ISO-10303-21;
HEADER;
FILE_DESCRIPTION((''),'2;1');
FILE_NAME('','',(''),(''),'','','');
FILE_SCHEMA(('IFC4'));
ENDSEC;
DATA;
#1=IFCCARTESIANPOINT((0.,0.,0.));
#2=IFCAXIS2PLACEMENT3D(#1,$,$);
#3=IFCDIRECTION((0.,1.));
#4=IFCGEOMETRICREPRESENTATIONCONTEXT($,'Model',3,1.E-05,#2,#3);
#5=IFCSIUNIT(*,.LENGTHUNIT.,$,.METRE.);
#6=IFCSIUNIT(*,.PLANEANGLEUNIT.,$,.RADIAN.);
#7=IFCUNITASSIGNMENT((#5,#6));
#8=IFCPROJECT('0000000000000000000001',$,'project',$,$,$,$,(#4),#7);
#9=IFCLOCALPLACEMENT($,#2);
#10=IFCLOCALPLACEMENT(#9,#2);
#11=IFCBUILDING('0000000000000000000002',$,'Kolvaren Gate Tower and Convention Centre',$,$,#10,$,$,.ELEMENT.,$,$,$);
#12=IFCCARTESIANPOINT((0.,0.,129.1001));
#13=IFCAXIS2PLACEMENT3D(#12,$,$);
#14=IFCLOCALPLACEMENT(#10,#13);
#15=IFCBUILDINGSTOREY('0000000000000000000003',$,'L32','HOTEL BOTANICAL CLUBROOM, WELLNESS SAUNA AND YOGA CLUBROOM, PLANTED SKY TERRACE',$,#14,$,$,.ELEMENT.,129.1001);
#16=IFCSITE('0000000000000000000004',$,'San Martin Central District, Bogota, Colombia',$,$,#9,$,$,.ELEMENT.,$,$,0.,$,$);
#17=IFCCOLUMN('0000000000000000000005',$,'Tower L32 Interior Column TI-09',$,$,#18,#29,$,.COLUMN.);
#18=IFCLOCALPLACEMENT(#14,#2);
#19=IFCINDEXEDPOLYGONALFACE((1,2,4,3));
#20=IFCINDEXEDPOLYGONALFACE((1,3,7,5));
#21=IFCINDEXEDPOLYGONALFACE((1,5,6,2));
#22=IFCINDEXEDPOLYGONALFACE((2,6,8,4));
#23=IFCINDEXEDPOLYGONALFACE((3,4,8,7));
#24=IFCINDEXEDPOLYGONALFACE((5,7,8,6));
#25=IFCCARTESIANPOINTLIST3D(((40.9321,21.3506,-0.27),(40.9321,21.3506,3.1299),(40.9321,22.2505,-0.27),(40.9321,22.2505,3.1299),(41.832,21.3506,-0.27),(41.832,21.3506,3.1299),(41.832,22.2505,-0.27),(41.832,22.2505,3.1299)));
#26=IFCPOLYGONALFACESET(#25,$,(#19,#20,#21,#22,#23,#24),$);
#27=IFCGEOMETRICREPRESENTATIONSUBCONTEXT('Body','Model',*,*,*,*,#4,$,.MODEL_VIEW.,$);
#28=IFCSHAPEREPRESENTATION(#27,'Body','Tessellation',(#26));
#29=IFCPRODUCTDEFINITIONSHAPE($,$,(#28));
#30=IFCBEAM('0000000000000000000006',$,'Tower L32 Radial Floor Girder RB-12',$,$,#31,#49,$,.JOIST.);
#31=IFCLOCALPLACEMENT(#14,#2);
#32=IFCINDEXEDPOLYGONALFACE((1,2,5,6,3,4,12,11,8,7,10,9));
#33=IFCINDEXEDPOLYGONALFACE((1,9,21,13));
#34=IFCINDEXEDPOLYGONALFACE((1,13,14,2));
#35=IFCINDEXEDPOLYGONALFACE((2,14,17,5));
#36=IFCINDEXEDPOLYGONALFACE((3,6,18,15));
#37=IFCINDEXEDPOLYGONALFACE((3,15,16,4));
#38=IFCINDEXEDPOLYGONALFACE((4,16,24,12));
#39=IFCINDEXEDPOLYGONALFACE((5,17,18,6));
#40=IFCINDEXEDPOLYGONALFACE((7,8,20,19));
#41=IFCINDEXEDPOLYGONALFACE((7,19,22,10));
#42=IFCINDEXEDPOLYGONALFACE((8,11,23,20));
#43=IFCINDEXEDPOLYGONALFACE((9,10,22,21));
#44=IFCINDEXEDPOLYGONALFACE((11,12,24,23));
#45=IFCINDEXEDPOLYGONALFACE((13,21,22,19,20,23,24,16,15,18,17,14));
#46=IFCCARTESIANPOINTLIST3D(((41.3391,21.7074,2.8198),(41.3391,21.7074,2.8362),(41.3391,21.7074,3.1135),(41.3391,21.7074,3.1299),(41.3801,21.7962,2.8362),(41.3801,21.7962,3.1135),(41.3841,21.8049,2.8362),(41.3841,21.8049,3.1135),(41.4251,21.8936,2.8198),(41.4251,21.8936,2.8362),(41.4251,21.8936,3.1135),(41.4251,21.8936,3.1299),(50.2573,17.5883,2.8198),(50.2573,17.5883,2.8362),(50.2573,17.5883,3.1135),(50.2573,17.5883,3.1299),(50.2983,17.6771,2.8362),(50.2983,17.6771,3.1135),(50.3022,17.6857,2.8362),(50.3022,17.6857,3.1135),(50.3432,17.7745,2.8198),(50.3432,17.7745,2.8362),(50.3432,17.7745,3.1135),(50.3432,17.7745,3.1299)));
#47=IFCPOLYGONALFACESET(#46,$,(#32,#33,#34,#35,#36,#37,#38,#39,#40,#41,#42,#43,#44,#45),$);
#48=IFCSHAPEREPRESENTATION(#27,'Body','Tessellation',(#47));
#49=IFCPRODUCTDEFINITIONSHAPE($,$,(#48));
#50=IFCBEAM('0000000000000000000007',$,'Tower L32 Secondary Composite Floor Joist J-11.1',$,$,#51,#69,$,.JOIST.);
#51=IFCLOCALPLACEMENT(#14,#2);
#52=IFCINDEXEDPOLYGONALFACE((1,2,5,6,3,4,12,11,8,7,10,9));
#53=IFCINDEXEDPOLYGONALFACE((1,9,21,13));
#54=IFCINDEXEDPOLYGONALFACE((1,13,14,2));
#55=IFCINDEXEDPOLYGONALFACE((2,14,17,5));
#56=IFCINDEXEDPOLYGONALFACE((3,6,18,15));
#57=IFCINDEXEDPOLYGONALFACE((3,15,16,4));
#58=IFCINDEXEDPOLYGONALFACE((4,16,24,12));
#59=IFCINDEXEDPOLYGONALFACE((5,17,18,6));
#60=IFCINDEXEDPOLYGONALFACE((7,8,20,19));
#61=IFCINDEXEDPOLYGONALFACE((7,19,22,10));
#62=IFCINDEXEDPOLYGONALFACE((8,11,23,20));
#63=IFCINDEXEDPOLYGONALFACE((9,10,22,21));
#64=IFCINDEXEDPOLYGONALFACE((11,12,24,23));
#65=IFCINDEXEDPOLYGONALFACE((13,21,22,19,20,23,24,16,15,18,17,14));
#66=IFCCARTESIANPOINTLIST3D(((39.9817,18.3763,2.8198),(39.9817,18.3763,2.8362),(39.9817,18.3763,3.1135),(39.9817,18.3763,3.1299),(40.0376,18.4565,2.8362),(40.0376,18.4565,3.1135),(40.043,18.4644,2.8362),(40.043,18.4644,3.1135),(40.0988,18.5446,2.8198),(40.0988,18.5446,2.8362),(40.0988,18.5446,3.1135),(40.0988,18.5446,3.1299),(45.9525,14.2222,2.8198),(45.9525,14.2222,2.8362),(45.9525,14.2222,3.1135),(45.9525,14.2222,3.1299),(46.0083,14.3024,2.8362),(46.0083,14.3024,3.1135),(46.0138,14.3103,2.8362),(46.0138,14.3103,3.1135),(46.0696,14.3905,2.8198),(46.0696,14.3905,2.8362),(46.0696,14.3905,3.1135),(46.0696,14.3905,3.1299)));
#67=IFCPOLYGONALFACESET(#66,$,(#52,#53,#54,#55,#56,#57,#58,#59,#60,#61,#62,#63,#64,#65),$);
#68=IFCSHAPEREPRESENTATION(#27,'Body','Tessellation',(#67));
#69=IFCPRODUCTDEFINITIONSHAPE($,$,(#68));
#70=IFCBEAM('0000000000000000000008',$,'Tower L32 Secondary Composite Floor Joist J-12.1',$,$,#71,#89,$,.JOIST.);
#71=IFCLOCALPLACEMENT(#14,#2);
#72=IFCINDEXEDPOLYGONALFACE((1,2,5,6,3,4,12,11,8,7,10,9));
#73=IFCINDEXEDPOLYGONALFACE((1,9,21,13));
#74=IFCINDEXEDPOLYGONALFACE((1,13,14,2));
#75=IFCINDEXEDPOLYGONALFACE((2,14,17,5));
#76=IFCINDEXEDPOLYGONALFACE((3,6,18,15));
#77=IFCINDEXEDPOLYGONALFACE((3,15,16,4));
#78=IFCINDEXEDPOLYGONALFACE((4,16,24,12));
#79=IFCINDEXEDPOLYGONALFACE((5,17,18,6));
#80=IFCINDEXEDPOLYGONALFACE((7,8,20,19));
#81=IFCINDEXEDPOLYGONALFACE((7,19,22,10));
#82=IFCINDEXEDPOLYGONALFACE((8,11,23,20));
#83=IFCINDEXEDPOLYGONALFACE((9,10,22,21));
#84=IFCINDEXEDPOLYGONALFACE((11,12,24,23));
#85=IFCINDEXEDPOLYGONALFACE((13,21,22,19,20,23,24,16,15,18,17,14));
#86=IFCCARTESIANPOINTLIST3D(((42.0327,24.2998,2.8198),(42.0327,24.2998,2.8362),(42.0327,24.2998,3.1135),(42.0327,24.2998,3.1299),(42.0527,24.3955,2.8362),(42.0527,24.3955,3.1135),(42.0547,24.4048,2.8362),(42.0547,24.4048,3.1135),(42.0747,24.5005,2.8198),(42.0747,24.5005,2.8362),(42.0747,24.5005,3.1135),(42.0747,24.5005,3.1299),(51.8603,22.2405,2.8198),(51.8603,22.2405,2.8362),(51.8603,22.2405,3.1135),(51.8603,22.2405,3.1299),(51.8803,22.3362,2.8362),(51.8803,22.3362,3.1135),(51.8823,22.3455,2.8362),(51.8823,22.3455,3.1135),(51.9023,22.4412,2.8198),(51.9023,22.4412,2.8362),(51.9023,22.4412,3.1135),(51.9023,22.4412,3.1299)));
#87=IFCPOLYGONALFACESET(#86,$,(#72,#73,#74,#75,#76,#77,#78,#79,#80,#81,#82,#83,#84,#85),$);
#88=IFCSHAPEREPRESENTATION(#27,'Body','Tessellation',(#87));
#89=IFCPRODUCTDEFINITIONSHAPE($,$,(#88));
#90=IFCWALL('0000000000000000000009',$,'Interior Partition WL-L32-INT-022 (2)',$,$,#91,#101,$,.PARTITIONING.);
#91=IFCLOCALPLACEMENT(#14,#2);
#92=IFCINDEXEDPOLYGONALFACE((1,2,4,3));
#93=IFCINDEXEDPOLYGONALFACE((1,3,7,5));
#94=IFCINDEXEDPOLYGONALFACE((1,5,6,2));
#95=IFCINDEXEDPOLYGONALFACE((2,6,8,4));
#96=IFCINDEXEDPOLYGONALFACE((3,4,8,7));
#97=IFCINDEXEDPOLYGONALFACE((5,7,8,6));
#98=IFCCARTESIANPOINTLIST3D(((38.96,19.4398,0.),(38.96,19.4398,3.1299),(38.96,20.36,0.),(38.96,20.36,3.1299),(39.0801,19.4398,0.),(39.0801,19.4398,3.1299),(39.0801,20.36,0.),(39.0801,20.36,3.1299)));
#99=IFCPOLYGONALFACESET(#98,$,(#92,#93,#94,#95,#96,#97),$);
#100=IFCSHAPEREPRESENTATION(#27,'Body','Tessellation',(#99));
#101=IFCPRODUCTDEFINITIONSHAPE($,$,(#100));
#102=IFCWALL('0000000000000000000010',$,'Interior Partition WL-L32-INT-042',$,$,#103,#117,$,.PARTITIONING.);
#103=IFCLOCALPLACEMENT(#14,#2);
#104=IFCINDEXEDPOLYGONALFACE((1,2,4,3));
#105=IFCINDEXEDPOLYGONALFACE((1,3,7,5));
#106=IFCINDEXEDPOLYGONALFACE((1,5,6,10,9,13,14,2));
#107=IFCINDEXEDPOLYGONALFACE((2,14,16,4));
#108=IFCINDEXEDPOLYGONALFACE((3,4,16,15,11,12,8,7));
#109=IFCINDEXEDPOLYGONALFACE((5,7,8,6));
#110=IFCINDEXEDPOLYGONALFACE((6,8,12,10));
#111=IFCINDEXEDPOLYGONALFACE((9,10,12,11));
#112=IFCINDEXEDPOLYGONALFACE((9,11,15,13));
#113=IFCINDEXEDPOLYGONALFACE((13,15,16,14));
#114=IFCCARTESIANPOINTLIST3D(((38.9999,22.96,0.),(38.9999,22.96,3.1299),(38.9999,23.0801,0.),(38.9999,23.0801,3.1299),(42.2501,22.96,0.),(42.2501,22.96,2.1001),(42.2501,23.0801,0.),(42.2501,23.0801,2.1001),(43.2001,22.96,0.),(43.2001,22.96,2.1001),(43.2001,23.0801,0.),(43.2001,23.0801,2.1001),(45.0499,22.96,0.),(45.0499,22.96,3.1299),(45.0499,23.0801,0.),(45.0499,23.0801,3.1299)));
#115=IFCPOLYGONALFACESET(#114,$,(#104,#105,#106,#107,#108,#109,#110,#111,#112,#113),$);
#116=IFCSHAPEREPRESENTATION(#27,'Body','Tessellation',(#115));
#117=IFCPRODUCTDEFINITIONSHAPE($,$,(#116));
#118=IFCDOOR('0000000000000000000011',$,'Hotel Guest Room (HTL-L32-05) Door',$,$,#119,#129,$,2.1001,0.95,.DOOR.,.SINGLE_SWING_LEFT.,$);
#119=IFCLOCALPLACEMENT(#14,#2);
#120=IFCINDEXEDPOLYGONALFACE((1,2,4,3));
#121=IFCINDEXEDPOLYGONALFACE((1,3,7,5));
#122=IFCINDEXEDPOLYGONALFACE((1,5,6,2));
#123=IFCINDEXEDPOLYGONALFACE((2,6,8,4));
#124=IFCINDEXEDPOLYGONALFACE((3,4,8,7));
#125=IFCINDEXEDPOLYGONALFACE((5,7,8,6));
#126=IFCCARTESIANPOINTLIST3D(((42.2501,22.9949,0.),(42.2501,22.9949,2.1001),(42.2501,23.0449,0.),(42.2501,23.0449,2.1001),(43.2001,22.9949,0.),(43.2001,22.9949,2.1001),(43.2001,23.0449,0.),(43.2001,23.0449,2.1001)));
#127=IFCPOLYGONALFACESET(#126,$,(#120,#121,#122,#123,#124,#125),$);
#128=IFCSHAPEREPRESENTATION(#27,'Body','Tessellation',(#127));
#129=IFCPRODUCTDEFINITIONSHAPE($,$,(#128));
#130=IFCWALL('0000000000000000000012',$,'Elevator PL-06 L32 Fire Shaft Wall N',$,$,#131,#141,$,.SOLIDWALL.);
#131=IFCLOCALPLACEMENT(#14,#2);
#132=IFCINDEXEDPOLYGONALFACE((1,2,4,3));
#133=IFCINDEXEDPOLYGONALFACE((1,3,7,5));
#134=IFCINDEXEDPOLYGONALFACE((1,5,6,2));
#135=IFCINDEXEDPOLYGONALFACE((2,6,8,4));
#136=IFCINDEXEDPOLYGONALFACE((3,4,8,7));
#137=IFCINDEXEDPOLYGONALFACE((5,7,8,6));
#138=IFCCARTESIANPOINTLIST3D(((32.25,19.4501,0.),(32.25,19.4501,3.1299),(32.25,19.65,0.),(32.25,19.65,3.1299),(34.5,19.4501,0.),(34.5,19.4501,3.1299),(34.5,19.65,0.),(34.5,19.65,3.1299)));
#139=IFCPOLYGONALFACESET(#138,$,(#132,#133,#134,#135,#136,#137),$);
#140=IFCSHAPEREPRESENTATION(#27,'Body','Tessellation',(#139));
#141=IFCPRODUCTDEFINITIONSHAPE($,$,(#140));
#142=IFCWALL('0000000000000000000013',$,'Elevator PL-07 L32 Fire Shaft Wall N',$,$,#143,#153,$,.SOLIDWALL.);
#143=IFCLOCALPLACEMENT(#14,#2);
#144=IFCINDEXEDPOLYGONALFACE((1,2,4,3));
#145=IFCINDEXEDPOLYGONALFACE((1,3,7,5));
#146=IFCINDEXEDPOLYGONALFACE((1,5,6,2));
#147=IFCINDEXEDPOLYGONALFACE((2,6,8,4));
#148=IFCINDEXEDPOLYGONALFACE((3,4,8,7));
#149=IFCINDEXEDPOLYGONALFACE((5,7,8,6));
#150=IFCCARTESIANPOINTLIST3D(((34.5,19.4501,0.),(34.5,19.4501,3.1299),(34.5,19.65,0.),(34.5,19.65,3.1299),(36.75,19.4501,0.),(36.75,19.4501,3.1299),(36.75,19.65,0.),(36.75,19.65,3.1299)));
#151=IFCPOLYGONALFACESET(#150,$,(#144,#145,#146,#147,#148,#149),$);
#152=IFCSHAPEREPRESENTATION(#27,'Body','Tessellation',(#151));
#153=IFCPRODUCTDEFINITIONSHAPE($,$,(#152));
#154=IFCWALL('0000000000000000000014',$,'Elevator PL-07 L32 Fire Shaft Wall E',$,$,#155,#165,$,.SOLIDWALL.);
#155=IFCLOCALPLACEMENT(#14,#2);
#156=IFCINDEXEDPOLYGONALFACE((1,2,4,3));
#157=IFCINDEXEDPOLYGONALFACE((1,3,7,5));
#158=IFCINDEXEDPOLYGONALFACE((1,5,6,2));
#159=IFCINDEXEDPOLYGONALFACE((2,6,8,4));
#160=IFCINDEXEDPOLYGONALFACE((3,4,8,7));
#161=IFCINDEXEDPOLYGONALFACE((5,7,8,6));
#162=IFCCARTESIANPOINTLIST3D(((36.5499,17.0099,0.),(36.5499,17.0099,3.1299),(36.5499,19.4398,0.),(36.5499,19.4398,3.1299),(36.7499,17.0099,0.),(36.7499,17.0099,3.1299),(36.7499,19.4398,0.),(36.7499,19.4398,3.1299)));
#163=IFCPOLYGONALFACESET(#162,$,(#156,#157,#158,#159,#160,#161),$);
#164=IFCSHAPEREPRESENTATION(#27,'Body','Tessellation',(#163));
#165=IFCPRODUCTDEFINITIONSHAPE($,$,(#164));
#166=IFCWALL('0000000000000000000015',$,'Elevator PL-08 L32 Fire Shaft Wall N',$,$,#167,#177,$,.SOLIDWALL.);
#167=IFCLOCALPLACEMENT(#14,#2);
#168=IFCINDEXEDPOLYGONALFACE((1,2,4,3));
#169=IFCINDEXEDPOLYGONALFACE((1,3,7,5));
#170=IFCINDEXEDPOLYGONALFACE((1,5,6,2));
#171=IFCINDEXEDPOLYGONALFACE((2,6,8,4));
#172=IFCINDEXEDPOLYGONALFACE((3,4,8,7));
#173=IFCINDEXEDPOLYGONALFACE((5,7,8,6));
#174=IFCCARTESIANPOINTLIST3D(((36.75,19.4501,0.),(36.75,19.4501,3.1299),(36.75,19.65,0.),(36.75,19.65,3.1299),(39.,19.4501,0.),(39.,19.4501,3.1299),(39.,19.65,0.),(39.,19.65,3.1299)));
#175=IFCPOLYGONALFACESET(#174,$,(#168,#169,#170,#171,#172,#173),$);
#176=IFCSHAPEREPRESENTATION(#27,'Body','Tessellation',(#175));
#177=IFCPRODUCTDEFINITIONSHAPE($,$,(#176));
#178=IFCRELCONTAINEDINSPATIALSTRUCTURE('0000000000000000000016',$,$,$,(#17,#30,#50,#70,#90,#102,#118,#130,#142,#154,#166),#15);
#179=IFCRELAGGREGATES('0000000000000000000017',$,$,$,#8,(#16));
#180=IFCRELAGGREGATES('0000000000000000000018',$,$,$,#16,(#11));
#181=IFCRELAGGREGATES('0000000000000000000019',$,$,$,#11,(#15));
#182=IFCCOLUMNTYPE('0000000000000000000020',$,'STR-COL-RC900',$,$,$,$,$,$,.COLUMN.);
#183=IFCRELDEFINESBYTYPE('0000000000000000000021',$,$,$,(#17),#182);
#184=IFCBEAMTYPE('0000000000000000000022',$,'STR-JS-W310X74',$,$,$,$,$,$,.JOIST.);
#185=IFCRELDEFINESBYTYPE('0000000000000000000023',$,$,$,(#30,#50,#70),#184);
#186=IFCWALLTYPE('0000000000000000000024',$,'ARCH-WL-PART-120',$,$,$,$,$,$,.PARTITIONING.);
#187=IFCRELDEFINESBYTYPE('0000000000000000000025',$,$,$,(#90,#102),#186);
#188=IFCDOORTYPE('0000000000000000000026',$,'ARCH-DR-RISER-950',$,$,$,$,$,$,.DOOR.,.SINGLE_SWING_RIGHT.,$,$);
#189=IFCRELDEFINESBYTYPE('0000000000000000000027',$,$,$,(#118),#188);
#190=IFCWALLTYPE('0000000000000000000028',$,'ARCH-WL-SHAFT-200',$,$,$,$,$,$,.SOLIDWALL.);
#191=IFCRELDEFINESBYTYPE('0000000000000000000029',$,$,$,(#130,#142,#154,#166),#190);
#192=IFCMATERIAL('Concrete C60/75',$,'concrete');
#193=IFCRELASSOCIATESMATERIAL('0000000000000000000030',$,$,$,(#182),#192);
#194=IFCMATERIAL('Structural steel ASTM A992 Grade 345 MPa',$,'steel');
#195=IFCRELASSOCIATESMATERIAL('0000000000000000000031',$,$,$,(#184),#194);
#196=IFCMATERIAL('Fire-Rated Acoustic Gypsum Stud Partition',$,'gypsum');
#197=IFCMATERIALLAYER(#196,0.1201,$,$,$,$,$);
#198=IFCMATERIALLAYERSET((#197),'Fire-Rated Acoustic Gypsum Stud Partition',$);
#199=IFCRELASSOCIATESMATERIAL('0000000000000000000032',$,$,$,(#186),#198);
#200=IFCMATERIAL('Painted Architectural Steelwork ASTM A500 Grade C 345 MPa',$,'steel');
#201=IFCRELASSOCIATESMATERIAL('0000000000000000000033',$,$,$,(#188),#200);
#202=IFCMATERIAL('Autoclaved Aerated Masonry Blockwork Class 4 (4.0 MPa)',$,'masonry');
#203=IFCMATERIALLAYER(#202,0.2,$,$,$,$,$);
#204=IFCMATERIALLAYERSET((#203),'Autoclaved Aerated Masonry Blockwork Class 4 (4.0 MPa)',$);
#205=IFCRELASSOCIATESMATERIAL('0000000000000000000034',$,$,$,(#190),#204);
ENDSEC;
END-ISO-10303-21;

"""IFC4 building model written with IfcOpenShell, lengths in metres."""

from ifc_helpers import new_model, si_unit, direction, frame, frame_2d, origin, origin_2d, place, context, subcontext, project, spatial, rectangle, i_section, extrude, material, layer, layer_set, material_profile, profile_set, type_object, element, fill, save


model = new_model("IFC4")

# Units and contexts
model_context = context("Model", 3, precision=1e-05, world=origin(), true_north=direction((0.0, 1.0)))
body_context = subcontext(model_context, "Body", "Model", "MODEL_VIEW")
ifc_project = project(units=[si_unit("LENGTHUNIT", "METRE"), si_unit("PLANEANGLEUNIT", "RADIAN")], contexts=[model_context])

# Site, building, storey
site_placement = place(None, origin())
site = spatial("IfcSite", under=ifc_project, at=site_placement, Name="San Martin Central District, Bogota, Colombia", CompositionType="ELEMENT", RefElevation=0.0)
building_placement = place(site_placement, origin())
building = spatial("IfcBuilding", under=site, at=building_placement, Name="Kolvaren Gate Tower and Convention Centre", CompositionType="ELEMENT")
storey_placement = place(building_placement, frame((0.0, 0.0, 129.1001)))
storey = spatial("IfcBuildingStorey", under=building, at=storey_placement, Name="L32", Description="HOTEL BOTANICAL CLUBROOM, WELLNESS SAUNA AND YOGA CLUBROOM, PLANTED SKY TERRACE", CompositionType="ELEMENT", Elevation=129.1001)

# Column
ifc_material_1 = material(Name="Concrete C60/75", Category="concrete")
ifc_material_profile_1 = material_profile(ifc_material_1, rectangle(XDim=0.8999, YDim=0.8999, at=origin_2d()), Name="RC-COL-900X900")
ifc_profile_set_1 = profile_set([ifc_material_profile_1], Name="Concrete C60/75")
column_type = type_object("IfcColumnType", Name="STR-COL-RC900", PredefinedType="COLUMN", material=ifc_profile_set_1)
column_placement = place(storey_placement, frame((41.3821, 21.8005, -0.27), z_axis=(0.0, 0.0, 1.0), x_axis=(1.0, 0.0, 0.0)))
element("IfcColumn", 1, at=column_placement, inside=storey, type_object=column_type, Name="Tower L32 Interior Column TI-09", PredefinedType="COLUMN", context=body_context, shape_type="SweptSolid", body=[
    extrude(rectangle(XDim=0.8999, YDim=0.8999, at=origin_2d()), origin(), (0.0, 0.0, 1.0), 3.3999),
])

# Beams
ifc_material_2 = material(Name="Structural steel ASTM A992 Grade 345 MPa", Category="steel")
ifc_material_profile_2 = material_profile(ifc_material_2, i_section(OverallWidth=0.2051, OverallDepth=0.3101, WebThickness=0.0095, FlangeThickness=0.0164, at=origin_2d()), Name="W310X74")
ifc_profile_set_2 = profile_set([ifc_material_profile_2], Name="Structural steel ASTM A992 Grade 345 MPa")
beam_type = type_object("IfcBeamType", Name="STR-JS-W310X74", PredefinedType="JOIST", material=ifc_profile_set_2)
beam_1_placement = place(storey_placement, frame((41.3821, 21.8005, 2.9749), z_axis=(0.907842, -0.419313, 0.0), x_axis=(0.419313, 0.907842, 0.0)))
element("IfcBeam", 2, at=beam_1_placement, inside=storey, type_object=beam_type, Name="Tower L32 Radial Floor Girder RB-12", PredefinedType="JOIST", context=body_context, shape_type="SweptSolid", body=[
    extrude(i_section(OverallWidth=0.2051, OverallDepth=0.3101, WebThickness=0.0095, FlangeThickness=0.0164, at=origin_2d()), origin(), (0.0, 0.0, 1.0), 9.8235),
])
beam_2_placement = place(storey_placement, frame((40.0403, 18.4604, 2.9749), z_axis=(0.820872, -0.571113, 0.0), x_axis=(0.571113, 0.820872, 0.0)))
element("IfcBeam", 3, at=beam_2_placement, inside=storey, type_object=beam_type, Name="Tower L32 Secondary Composite Floor Joist J-11.1", PredefinedType="JOIST", context=body_context, shape_type="SweptSolid", body=[
    extrude(i_section(OverallWidth=0.2051, OverallDepth=0.3101, WebThickness=0.0095, FlangeThickness=0.0164, at=origin_2d()), origin(), (0.0, 0.0, 1.0), 7.2737),
])
beam_3_placement = place(storey_placement, frame((42.0537, 24.4001, 2.9749), z_axis=(0.978743, -0.20509, 0.0), x_axis=(0.20509, 0.978743, 0.0)))
element("IfcBeam", 4, at=beam_3_placement, inside=storey, type_object=beam_type, Name="Tower L32 Secondary Composite Floor Joist J-12.1", PredefinedType="JOIST", context=body_context, shape_type="SweptSolid", body=[
    extrude(i_section(OverallWidth=0.2051, OverallDepth=0.3101, WebThickness=0.0095, FlangeThickness=0.0164, at=origin_2d()), origin(), (0.0, 0.0, 1.0), 10.041),
])

# Wall
ifc_material_3 = material(Name="Fire-Rated Acoustic Gypsum Stud Partition", Category="gypsum")
ifc_layer_1 = layer(ifc_material_3, 0.1201)
ifc_layer_set_1 = layer_set([ifc_layer_1], Name="Fire-Rated Acoustic Gypsum Stud Partition")
wall_type_1 = type_object("IfcWallType", Name="ARCH-WL-PART-120", PredefinedType="PARTITIONING", material=ifc_layer_set_1)
wall_1_placement = place(storey_placement, frame((39.02, 19.4399, 0.0), z_axis=(0.0, 0.0, 1.0), x_axis=(0.0, 1.0, 0.0)))
element("IfcWall", 5, at=wall_1_placement, inside=storey, type_object=wall_type_1, Name="Interior Partition WL-L32-INT-022 (2)", PredefinedType="PARTITIONING", context=body_context, shape_type="SweptSolid", body=[
    extrude(rectangle(XDim=0.9202, YDim=0.1201, at=frame_2d((0.46, 0.0))), origin(), (0.0, 0.0, 1.0), 3.1299),
])

# Wall, opening, door
wall_2_placement = place(storey_placement, frame((39.0, 23.02, 0.0), z_axis=(0.0, 0.0, 1.0), x_axis=(1.0, 0.0, 0.0)))
wall_2 = element("IfcWall", 6, at=wall_2_placement, inside=storey, type_object=wall_type_1, Name="Interior Partition WL-L32-INT-042", PredefinedType="PARTITIONING", context=body_context, shape_type="SweptSolid", body=[
    extrude(rectangle(XDim=6.05, YDim=0.1201, at=frame_2d((3.0249, 0.0))), origin(), (0.0, 0.0, 1.0), 3.1299),
])
opening_placement = place(wall_2_placement, frame((3.25, 0.0, 0.0)))
opening = element("IfcOpeningElement", 7, at=opening_placement, cuts=wall_2, PredefinedType="OPENING", context=body_context, shape_type="SweptSolid", body=[
    extrude(rectangle(XDim=0.95, YDim=2.1001, at=frame_2d((0.4751, 1.05))), frame((0.0, 0.0701, 0.0), z_axis=(0.0, -1.0, 0.0), x_axis=(1.0, 0.0, 0.0)), (0.0, 0.0, 1.0), 0.1401),
])
ifc_material_4 = material(Name="Painted Architectural Steelwork ASTM A500 Grade C 345 MPa", Category="steel")
door_type = type_object("IfcDoorType", Name="ARCH-DR-RISER-950", OperationType="SINGLE_SWING_RIGHT", PredefinedType="DOOR", material=ifc_material_4)
door_placement = place(opening_placement, origin())
door = element("IfcDoor", 8, at=door_placement, inside=storey, type_object=door_type, Name="Hotel Guest Room (HTL-L32-05) Door", OperationType="SINGLE_SWING_LEFT", OverallHeight=2.1001, OverallWidth=0.95, PredefinedType="DOOR", context=body_context, shape_type="SweptSolid", body=[
    extrude(rectangle(XDim=0.95, YDim=2.1001, at=frame_2d((0.4751, 1.05))), frame((0.0, 0.0249, 0.0), z_axis=(0.0, -1.0, 0.0), x_axis=(1.0, 0.0, 0.0)), (0.0, 0.0, 1.0), 0.05),
])
fill(opening, door)

# Walls
ifc_material_5 = material(Name="Autoclaved Aerated Masonry Blockwork Class 4 (4.0 MPa)", Category="masonry")
ifc_layer_2 = layer(ifc_material_5, 0.2)
ifc_layer_set_2 = layer_set([ifc_layer_2], Name="Autoclaved Aerated Masonry Blockwork Class 4 (4.0 MPa)")
wall_type_2 = type_object("IfcWallType", Name="ARCH-WL-SHAFT-200", PredefinedType="SOLIDWALL", material=ifc_layer_set_2)
for number, where, z_axis, x_axis, name in (
    (9, (32.25, 19.55, 0.0), (0.0, 0.0, 1.0), (1.0, 0.0, 0.0), "Elevator PL-06 L32 Fire Shaft Wall N"),
    (10, (34.5, 19.55, 0.0), (0.0, 0.0, 1.0), (1.0, 0.0, 0.0), "Elevator PL-07 L32 Fire Shaft Wall N"),
):
    element("IfcWall", number, at=place(storey_placement, frame(where, z_axis=z_axis, x_axis=x_axis)), inside=storey, type_object=wall_type_2, Name=name, PredefinedType="SOLIDWALL", context=body_context, shape_type="SweptSolid", body=[
        extrude(rectangle(XDim=2.25, YDim=0.2, at=frame_2d((1.125, 0.0))), origin(), (0.0, 0.0, 1.0), 3.1299),
    ])
wall_3_placement = place(storey_placement, frame((36.6499, 17.01, 0.0), z_axis=(0.0, 0.0, 1.0), x_axis=(0.0, 1.0, 0.0)))
element("IfcWall", 11, at=wall_3_placement, inside=storey, type_object=wall_type_2, Name="Elevator PL-07 L32 Fire Shaft Wall E", PredefinedType="SOLIDWALL", context=body_context, shape_type="SweptSolid", body=[
    extrude(rectangle(XDim=2.4299, YDim=0.2, at=frame_2d((1.2148, 0.0))), origin(), (0.0, 0.0, 1.0), 3.1299),
])
wall_4_placement = place(storey_placement, frame((36.75, 19.55, 0.0), z_axis=(0.0, 0.0, 1.0), x_axis=(1.0, 0.0, 0.0)))
element("IfcWall", 12, at=wall_4_placement, inside=storey, type_object=wall_type_2, Name="Elevator PL-08 L32 Fire Shaft Wall N", PredefinedType="SOLIDWALL", context=body_context, shape_type="SweptSolid", body=[
    extrude(rectangle(XDim=2.25, YDim=0.2, at=frame_2d((1.125, 0.0))), origin(), (0.0, 0.0, 1.0), 3.1299),
])

save(model, "model.ifc")
